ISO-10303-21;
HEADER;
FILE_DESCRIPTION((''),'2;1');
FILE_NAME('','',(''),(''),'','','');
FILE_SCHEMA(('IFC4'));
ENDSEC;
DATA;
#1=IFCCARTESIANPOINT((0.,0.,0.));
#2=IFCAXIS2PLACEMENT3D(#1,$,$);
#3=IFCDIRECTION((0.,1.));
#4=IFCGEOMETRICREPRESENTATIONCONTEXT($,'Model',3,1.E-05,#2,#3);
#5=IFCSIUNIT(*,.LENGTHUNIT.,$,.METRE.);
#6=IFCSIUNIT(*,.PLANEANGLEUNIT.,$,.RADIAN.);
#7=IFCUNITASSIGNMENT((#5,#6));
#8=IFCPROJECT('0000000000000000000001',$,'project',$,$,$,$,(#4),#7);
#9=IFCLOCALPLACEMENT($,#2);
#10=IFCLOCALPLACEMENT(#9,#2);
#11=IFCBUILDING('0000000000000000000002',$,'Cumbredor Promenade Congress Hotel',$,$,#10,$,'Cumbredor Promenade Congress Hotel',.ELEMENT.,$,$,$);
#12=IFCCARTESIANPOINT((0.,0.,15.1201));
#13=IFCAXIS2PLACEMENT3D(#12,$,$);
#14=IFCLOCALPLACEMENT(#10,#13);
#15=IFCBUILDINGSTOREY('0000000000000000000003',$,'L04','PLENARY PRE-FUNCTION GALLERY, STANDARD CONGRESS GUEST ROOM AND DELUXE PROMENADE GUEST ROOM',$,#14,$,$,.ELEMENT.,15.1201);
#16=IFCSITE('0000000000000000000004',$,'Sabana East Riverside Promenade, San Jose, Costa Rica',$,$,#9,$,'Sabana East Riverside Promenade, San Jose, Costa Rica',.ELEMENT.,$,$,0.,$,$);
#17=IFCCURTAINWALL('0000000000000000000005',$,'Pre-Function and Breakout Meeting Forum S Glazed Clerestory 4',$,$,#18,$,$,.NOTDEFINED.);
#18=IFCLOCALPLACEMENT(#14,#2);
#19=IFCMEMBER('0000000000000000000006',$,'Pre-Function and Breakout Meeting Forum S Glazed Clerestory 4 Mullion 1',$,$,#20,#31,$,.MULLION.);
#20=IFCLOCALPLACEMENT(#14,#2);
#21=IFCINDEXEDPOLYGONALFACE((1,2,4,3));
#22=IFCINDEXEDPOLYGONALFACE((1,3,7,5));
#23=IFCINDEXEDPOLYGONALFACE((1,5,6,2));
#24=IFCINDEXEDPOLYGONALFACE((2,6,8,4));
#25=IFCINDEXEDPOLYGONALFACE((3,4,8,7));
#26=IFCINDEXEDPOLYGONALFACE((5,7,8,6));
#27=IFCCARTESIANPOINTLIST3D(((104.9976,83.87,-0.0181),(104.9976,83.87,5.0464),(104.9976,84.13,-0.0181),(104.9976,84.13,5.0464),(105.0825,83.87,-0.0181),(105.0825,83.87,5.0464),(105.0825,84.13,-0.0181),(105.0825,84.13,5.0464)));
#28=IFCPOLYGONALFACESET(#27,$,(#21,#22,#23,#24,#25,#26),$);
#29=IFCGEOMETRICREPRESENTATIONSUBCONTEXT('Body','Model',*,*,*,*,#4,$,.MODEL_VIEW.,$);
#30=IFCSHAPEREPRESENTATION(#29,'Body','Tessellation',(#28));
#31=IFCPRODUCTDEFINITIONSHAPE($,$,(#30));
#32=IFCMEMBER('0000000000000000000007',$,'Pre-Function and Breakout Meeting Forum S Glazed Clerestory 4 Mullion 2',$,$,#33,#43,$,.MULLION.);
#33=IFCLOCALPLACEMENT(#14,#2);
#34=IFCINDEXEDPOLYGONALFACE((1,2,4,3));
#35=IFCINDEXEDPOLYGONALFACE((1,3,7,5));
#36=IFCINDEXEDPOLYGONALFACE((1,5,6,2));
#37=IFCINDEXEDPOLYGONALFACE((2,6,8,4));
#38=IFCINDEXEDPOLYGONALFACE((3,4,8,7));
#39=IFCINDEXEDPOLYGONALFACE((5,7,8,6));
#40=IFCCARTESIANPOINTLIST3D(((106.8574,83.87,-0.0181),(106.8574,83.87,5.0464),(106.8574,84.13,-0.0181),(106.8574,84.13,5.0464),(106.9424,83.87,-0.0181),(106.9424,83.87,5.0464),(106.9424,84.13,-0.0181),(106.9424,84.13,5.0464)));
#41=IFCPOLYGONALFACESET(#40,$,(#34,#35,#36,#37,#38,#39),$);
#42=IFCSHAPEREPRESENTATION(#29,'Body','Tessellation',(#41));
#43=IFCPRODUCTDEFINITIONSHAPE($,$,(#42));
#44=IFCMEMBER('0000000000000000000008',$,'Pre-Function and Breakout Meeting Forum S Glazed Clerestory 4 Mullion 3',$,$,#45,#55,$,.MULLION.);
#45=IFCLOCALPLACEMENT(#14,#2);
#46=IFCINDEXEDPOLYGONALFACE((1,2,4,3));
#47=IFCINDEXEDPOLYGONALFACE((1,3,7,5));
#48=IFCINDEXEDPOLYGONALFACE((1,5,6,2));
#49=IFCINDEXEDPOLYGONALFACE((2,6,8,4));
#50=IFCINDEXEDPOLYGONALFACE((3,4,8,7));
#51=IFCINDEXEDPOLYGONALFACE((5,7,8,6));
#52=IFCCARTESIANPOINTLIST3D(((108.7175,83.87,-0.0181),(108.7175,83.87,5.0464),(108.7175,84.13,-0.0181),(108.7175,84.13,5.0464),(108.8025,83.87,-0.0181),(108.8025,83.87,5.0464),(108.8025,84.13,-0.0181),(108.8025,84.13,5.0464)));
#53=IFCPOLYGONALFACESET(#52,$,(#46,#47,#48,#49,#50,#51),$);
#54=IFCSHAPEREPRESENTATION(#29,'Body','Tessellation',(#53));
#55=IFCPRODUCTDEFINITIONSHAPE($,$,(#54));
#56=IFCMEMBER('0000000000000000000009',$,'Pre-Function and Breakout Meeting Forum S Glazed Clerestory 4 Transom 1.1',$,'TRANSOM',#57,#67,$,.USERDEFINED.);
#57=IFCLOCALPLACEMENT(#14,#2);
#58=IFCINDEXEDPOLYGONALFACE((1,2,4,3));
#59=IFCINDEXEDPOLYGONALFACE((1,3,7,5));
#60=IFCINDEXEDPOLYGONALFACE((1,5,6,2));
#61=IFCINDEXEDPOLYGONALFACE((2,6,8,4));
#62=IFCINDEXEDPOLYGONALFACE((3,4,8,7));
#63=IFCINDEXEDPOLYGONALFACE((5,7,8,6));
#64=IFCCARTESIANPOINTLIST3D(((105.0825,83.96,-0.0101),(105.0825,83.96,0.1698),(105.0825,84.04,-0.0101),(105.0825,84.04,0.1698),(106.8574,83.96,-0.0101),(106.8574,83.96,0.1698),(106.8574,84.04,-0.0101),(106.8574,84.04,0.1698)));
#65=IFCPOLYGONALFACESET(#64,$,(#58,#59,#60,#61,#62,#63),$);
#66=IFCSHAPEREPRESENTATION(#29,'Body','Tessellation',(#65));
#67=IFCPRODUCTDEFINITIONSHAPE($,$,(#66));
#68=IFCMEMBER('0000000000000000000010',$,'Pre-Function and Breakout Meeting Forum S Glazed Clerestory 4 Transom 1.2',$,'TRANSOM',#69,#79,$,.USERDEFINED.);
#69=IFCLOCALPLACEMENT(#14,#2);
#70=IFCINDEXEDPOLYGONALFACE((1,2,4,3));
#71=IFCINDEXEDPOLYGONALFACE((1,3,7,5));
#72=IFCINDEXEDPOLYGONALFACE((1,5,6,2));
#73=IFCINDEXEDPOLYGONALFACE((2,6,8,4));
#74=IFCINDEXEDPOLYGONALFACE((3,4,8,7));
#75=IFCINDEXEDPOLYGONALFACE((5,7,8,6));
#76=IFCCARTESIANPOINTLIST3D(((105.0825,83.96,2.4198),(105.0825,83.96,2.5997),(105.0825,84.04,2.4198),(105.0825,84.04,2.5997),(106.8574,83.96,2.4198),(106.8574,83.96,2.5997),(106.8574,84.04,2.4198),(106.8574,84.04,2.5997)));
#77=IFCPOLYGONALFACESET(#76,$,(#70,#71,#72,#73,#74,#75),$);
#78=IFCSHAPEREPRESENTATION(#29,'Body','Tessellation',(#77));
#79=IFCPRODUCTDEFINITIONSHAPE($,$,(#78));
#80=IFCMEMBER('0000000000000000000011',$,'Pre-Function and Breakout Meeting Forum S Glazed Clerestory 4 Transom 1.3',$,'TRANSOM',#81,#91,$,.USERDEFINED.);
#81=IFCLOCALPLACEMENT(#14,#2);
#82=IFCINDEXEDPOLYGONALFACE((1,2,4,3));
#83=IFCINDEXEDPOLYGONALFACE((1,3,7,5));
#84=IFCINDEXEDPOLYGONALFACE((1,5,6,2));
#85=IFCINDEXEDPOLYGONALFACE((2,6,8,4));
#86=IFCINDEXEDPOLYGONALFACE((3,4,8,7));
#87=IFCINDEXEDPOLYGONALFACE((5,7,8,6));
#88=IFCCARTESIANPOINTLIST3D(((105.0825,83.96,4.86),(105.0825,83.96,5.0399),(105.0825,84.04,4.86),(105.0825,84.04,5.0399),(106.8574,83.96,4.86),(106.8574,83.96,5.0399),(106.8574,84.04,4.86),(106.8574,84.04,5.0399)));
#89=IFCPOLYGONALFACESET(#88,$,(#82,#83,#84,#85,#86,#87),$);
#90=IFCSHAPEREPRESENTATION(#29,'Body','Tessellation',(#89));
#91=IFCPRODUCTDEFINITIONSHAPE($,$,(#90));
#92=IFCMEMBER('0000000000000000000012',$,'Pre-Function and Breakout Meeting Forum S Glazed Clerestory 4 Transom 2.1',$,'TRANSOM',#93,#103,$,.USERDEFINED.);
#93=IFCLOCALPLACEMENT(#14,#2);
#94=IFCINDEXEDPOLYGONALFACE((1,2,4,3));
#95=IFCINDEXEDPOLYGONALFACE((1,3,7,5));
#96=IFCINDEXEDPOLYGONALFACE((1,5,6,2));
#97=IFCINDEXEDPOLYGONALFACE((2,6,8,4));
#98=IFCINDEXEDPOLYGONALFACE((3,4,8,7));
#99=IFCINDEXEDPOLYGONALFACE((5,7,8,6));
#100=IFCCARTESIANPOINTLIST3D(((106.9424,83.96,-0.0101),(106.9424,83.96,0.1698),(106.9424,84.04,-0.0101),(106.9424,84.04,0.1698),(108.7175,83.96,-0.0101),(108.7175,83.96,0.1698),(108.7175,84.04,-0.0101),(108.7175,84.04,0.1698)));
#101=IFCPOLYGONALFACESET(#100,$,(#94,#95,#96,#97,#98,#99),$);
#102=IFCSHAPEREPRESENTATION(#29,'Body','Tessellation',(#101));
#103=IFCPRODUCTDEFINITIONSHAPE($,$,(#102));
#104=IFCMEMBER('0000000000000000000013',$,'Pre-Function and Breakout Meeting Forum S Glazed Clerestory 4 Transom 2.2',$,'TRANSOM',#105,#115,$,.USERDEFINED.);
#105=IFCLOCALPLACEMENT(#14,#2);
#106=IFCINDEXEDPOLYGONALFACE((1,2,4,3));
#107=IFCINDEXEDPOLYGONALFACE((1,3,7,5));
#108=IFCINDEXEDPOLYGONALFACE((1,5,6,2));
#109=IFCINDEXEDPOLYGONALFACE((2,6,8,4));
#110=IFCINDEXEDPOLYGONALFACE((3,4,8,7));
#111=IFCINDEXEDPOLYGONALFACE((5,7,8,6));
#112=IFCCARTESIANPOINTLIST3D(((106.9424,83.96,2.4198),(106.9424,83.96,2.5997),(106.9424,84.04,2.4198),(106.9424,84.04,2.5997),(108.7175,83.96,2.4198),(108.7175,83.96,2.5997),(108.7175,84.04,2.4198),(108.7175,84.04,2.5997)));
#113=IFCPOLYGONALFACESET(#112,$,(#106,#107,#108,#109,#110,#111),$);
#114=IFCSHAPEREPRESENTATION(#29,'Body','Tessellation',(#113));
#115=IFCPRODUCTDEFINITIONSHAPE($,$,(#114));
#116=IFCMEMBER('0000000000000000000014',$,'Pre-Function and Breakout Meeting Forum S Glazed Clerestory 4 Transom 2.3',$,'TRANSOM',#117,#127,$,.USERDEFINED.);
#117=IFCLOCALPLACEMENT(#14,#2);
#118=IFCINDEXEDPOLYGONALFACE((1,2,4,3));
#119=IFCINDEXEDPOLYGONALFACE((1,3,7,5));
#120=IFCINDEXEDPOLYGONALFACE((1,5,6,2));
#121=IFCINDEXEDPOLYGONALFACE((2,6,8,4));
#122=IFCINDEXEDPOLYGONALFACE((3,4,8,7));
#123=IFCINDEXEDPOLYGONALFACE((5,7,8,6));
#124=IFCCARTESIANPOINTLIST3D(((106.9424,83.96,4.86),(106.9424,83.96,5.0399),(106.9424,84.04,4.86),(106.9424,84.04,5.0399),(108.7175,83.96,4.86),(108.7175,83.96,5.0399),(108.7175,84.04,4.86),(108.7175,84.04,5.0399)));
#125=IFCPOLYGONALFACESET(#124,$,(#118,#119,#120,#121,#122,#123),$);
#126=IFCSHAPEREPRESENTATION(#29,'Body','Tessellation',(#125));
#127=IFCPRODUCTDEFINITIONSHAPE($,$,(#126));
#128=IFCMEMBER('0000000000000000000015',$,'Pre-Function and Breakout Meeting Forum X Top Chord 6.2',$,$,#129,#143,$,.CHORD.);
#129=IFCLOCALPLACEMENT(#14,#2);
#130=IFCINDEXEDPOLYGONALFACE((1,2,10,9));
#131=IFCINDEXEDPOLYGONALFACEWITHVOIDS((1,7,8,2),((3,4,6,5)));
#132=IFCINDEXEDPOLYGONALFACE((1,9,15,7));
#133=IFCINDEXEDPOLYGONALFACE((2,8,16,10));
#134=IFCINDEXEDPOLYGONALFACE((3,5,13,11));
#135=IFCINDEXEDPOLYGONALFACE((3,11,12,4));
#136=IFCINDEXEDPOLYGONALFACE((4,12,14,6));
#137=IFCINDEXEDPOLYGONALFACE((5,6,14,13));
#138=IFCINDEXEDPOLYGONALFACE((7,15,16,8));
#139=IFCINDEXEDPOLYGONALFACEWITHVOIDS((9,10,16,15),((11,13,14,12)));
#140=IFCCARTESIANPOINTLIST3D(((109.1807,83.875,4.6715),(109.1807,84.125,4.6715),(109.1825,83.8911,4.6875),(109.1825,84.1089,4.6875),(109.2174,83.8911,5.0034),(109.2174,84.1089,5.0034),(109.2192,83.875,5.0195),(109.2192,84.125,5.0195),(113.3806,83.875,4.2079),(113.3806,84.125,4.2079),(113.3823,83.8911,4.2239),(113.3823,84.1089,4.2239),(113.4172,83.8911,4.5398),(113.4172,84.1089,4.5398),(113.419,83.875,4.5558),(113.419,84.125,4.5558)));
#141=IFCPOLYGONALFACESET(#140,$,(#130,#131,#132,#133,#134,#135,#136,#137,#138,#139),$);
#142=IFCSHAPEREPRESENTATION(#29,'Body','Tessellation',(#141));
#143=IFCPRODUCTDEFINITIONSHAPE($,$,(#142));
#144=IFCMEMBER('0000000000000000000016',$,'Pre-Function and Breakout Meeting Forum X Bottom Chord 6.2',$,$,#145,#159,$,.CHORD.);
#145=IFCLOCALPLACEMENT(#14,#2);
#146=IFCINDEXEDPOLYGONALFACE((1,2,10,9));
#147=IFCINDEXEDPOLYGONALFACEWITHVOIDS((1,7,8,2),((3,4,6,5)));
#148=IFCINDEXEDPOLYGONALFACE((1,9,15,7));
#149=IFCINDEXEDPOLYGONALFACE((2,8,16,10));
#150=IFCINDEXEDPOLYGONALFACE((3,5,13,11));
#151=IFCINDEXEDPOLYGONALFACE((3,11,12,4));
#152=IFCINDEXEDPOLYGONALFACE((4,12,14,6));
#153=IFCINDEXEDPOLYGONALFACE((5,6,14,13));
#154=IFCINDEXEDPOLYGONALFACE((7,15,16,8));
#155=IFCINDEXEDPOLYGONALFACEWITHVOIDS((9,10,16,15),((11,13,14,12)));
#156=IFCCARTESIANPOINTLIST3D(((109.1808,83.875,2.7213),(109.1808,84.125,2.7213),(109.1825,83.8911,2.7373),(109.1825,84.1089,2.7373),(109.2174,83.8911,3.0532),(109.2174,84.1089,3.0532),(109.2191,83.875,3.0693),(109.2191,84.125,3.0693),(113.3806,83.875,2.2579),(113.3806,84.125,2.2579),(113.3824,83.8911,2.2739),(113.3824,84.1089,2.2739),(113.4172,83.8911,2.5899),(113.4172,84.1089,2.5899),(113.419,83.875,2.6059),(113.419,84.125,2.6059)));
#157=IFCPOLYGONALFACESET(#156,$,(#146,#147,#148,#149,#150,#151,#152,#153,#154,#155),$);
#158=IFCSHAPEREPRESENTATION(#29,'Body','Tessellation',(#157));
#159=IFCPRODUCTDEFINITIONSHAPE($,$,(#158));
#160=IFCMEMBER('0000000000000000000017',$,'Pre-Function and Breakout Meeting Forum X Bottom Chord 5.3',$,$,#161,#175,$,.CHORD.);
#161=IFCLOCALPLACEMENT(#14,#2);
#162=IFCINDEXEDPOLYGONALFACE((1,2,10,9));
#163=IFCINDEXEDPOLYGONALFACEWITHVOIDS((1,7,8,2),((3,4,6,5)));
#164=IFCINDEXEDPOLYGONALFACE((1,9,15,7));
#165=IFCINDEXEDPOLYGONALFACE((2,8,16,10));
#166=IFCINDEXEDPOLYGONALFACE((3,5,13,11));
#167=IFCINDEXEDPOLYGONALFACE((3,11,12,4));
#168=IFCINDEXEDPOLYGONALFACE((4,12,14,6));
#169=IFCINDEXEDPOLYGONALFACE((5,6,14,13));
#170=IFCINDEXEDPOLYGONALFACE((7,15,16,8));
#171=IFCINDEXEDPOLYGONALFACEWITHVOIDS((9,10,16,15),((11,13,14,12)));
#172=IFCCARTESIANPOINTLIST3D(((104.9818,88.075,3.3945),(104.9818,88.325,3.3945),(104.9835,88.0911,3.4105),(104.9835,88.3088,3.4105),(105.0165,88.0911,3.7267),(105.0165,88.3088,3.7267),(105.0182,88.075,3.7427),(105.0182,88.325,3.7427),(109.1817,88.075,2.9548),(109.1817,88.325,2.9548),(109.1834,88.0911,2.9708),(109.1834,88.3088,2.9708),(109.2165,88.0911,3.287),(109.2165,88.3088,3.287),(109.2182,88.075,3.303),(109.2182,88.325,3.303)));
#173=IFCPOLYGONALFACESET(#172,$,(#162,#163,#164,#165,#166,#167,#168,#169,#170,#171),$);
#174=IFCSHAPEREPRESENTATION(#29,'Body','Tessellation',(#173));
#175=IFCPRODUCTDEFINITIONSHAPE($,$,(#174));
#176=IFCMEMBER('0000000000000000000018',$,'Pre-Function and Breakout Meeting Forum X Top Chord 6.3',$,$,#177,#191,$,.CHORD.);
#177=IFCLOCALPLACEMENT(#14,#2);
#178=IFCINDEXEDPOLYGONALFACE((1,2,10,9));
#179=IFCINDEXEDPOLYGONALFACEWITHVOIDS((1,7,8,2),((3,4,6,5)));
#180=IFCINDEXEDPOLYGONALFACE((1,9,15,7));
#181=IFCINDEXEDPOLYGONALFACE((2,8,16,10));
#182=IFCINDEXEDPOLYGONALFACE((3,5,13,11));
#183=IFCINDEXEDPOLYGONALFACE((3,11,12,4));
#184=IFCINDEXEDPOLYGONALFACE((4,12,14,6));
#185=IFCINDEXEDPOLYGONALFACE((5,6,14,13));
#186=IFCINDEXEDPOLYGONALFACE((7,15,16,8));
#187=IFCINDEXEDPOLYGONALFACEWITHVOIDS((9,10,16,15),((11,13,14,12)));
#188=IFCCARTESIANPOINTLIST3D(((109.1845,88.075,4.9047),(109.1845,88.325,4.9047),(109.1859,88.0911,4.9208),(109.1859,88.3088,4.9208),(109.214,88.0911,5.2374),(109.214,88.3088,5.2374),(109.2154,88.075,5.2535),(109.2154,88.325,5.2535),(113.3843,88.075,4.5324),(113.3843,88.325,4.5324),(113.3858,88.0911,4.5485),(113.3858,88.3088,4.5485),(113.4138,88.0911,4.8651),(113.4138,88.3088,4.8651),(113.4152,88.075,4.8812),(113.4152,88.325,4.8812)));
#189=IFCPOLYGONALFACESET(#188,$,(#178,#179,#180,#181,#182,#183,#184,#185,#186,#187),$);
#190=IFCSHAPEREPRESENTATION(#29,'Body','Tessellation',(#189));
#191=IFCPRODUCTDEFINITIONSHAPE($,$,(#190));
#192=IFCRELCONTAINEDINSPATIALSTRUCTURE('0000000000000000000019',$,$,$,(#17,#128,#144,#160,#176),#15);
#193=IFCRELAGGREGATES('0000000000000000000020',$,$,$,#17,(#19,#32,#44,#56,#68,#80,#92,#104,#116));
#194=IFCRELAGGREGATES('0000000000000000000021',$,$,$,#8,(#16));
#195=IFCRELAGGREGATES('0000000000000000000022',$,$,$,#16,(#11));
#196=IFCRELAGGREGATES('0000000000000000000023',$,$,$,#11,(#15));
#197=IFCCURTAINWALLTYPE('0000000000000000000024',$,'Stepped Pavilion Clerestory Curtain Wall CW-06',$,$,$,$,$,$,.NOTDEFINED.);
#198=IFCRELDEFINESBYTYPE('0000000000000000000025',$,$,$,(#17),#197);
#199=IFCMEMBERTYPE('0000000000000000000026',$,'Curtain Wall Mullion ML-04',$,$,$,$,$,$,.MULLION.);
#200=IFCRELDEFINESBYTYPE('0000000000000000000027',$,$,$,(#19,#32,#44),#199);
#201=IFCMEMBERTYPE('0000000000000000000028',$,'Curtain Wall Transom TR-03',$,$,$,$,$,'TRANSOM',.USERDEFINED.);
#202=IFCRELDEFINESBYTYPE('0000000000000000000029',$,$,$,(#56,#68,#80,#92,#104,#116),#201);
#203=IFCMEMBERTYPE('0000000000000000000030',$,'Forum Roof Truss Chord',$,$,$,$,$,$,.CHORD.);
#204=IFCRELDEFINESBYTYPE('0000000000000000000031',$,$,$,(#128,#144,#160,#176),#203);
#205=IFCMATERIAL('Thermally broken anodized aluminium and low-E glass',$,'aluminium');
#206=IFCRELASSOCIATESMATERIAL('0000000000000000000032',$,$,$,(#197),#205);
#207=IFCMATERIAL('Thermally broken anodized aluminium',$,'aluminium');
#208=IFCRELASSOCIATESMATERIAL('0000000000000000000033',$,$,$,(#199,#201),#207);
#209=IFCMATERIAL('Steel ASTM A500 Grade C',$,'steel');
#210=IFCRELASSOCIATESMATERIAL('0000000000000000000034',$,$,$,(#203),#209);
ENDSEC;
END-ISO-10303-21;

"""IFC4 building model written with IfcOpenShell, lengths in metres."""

from ifc_helpers import new_model, si_unit, direction, frame, origin, origin_2d, place, context, subcontext, project, spatial, rectangle, hollow_rectangle, extrude, material, material_profile, profile_set, type_object, element, aggregate, save


model = new_model("IFC4")

# Units and contexts
model_context = context("Model", 3, precision=1e-05, world=origin(), true_north=direction((0.0, 1.0)))
body_context = subcontext(model_context, "Body", "Model", "MODEL_VIEW")
ifc_project = project(units=[si_unit("LENGTHUNIT", "METRE"), si_unit("PLANEANGLEUNIT", "RADIAN")], contexts=[model_context])

# Site, building, storey
site_placement = place(None, origin())
site = spatial("IfcSite", under=ifc_project, at=site_placement, Name="Sabana East Riverside Promenade, San Jose, Costa Rica", LongName="Sabana East Riverside Promenade, San Jose, Costa Rica", CompositionType="ELEMENT", RefElevation=0.0)
building_placement = place(site_placement, origin())
building = spatial("IfcBuilding", under=site, at=building_placement, Name="Cumbredor Promenade Congress Hotel", LongName="Cumbredor Promenade Congress Hotel", CompositionType="ELEMENT")
storey_placement = place(building_placement, frame((0.0, 0.0, 15.1201)))
storey = spatial("IfcBuildingStorey", under=building, at=storey_placement, Name="L04", Description="PLENARY PRE-FUNCTION GALLERY, STANDARD CONGRESS GUEST ROOM AND DELUXE PROMENADE GUEST ROOM", CompositionType="ELEMENT", Elevation=15.1201)

# Curtain wall, members
ifc_material_1 = material(Name="Thermally broken anodized aluminium and low-E glass", Category="aluminium")
curtain_wall_type = type_object("IfcCurtainWallType", Name="Stepped Pavilion Clerestory Curtain Wall CW-06", PredefinedType="NOTDEFINED", material=ifc_material_1)
curtain_wall_placement = place(storey_placement, origin())
curtain_wall = element("IfcCurtainWall", 1, at=curtain_wall_placement, inside=storey, type_object=curtain_wall_type, Name="Pre-Function and Breakout Meeting Forum S Glazed Clerestory 4", PredefinedType="NOTDEFINED")
ifc_material_2 = material(Name="Thermally broken anodized aluminium", Category="aluminium")
ifc_material_profile_1 = material_profile(ifc_material_2, rectangle(XDim=0.085, YDim=0.26, at=origin_2d()), Name="ALU MULLION CLERESTORY 85x260")
ifc_profile_set_1 = profile_set([ifc_material_profile_1], Name="Thermally broken anodized aluminium")
member_type_1 = type_object("IfcMemberType", Name="Curtain Wall Mullion ML-04", PredefinedType="MULLION", material=ifc_profile_set_1)
member_1_placement = place(storey_placement, frame((105.04, 84.0, -0.0181), z_axis=(0.0, 0.0, 1.0), x_axis=(1.0, 0.0, 0.0)))
member_1 = element("IfcMember", 2, at=member_1_placement, type_object=member_type_1, Name="Pre-Function and Breakout Meeting Forum S Glazed Clerestory 4 Mullion 1", PredefinedType="MULLION", context=body_context, shape_type="SweptSolid", body=[
    extrude(rectangle(XDim=0.085, YDim=0.26, at=origin_2d()), origin(), (0.0, 0.0, 1.0), 5.0645),
])
member_2_placement = place(storey_placement, frame((106.8999, 84.0, -0.0181), z_axis=(0.0, 0.0, 1.0), x_axis=(1.0, 0.0, 0.0)))
member_2 = element("IfcMember", 3, at=member_2_placement, type_object=member_type_1, Name="Pre-Function and Breakout Meeting Forum S Glazed Clerestory 4 Mullion 2", PredefinedType="MULLION", context=body_context, shape_type="SweptSolid", body=[
    extrude(rectangle(XDim=0.085, YDim=0.26, at=origin_2d()), origin(), (0.0, 0.0, 1.0), 5.0645),
])
member_3_placement = place(storey_placement, frame((108.76, 84.0, -0.0181), z_axis=(0.0, 0.0, 1.0), x_axis=(1.0, 0.0, 0.0)))
member_3 = element("IfcMember", 4, at=member_3_placement, type_object=member_type_1, Name="Pre-Function and Breakout Meeting Forum S Glazed Clerestory 4 Mullion 3", PredefinedType="MULLION", context=body_context, shape_type="SweptSolid", body=[
    extrude(rectangle(XDim=0.085, YDim=0.26, at=origin_2d()), origin(), (0.0, 0.0, 1.0), 5.0645),
])
ifc_material_profile_2 = material_profile(ifc_material_2, rectangle(XDim=0.0801, YDim=0.1799, at=origin_2d()), Name="ALU TRANSOM 80x180")
ifc_profile_set_2 = profile_set([ifc_material_profile_2], Name="Thermally broken anodized aluminium")
member_type_2 = type_object("IfcMemberType", Name="Curtain Wall Transom TR-03", ElementType="TRANSOM", PredefinedType="USERDEFINED", material=ifc_profile_set_2)
member_4_placement = place(storey_placement, frame((105.0825, 84.0, 0.0798), z_axis=(1.0, 0.0, 0.0), x_axis=(0.0, 1.0, 0.0)))
member_4 = element("IfcMember", 5, at=member_4_placement, type_object=member_type_2, Name="Pre-Function and Breakout Meeting Forum S Glazed Clerestory 4 Transom 1.1", ObjectType="TRANSOM", PredefinedType="USERDEFINED", context=body_context, shape_type="SweptSolid", body=[
    extrude(rectangle(XDim=0.0801, YDim=0.1799, at=origin_2d()), origin(), (0.0, 0.0, 1.0), 1.7749),
])
member_5_placement = place(storey_placement, frame((105.0825, 84.0, 2.5098), z_axis=(1.0, 0.0, 0.0), x_axis=(0.0, 1.0, 0.0)))
member_5 = element("IfcMember", 6, at=member_5_placement, type_object=member_type_2, Name="Pre-Function and Breakout Meeting Forum S Glazed Clerestory 4 Transom 1.2", ObjectType="TRANSOM", PredefinedType="USERDEFINED", context=body_context, shape_type="SweptSolid", body=[
    extrude(rectangle(XDim=0.0801, YDim=0.1799, at=origin_2d()), origin(), (0.0, 0.0, 1.0), 1.7749),
])
member_6_placement = place(storey_placement, frame((105.0825, 84.0, 4.95), z_axis=(1.0, 0.0, 0.0), x_axis=(0.0, 1.0, 0.0)))
member_6 = element("IfcMember", 7, at=member_6_placement, type_object=member_type_2, Name="Pre-Function and Breakout Meeting Forum S Glazed Clerestory 4 Transom 1.3", ObjectType="TRANSOM", PredefinedType="USERDEFINED", context=body_context, shape_type="SweptSolid", body=[
    extrude(rectangle(XDim=0.0801, YDim=0.1799, at=origin_2d()), origin(), (0.0, 0.0, 1.0), 1.7749),
])
member_7_placement = place(storey_placement, frame((106.9424, 84.0, 0.0798), z_axis=(1.0, 0.0, 0.0), x_axis=(0.0, 1.0, 0.0)))
member_7 = element("IfcMember", 8, at=member_7_placement, type_object=member_type_2, Name="Pre-Function and Breakout Meeting Forum S Glazed Clerestory 4 Transom 2.1", ObjectType="TRANSOM", PredefinedType="USERDEFINED", context=body_context, shape_type="SweptSolid", body=[
    extrude(rectangle(XDim=0.0801, YDim=0.1799, at=origin_2d()), origin(), (0.0, 0.0, 1.0), 1.7751),
])
member_8_placement = place(storey_placement, frame((106.9424, 84.0, 2.5098), z_axis=(1.0, 0.0, 0.0), x_axis=(0.0, 1.0, 0.0)))
member_8 = element("IfcMember", 9, at=member_8_placement, type_object=member_type_2, Name="Pre-Function and Breakout Meeting Forum S Glazed Clerestory 4 Transom 2.2", ObjectType="TRANSOM", PredefinedType="USERDEFINED", context=body_context, shape_type="SweptSolid", body=[
    extrude(rectangle(XDim=0.0801, YDim=0.1799, at=origin_2d()), origin(), (0.0, 0.0, 1.0), 1.7751),
])
member_9_placement = place(storey_placement, frame((106.9424, 84.0, 4.95), z_axis=(1.0, 0.0, 0.0), x_axis=(0.0, 1.0, 0.0)))
member_9 = element("IfcMember", 10, at=member_9_placement, type_object=member_type_2, Name="Pre-Function and Breakout Meeting Forum S Glazed Clerestory 4 Transom 2.3", ObjectType="TRANSOM", PredefinedType="USERDEFINED", context=body_context, shape_type="SweptSolid", body=[
    extrude(rectangle(XDim=0.0801, YDim=0.1799, at=origin_2d()), origin(), (0.0, 0.0, 1.0), 1.7751),
])

# Members
ifc_material_3 = material(Name="Steel ASTM A500 Grade C", Category="steel")
ifc_material_profile_3 = material_profile(ifc_material_3, hollow_rectangle(XDim=0.25, YDim=0.3501, WallThickness=0.0161, at=origin_2d()), Name="HSS 350x250x16")
ifc_profile_set_3 = profile_set([ifc_material_profile_3], Name="Steel ASTM A500 Grade C")
member_type_3 = type_object("IfcMemberType", Name="Forum Roof Truss Chord", PredefinedType="CHORD", material=ifc_profile_set_3)
for number, where, z_axis, x_axis, name in (
    (11, (109.2, 84.0, 4.8455), (0.993962, 0.0, -0.109721), (0.0, 1.0, 0.0), "Pre-Function and Breakout Meeting Forum X Top Chord 6.2"),
    (12, (109.2, 84.0, 2.8953), (0.993969, 0.0, -0.109664), (0.0, 1.0, 0.0), "Pre-Function and Breakout Meeting Forum X Bottom Chord 6.2"),
):
    element("IfcMember", number, at=place(storey_placement, frame(where, z_axis=z_axis, x_axis=x_axis)), inside=storey, type_object=member_type_3, Name=name, PredefinedType="CHORD", context=body_context, shape_type="SweptSolid", body=[
        extrude(hollow_rectangle(XDim=0.25, YDim=0.3501, WallThickness=0.0161, at=origin_2d()), origin(), (0.0, 0.0, 1.0), 4.2253),
    ])
member_10_placement = place(storey_placement, frame((105.0, 88.2, 3.5686), z_axis=(0.994565, 0.0, -0.104122), x_axis=(0.0, 1.0, 0.0)))
element("IfcMember", 13, at=member_10_placement, inside=storey, type_object=member_type_3, Name="Pre-Function and Breakout Meeting Forum X Bottom Chord 5.3", PredefinedType="CHORD", context=body_context, shape_type="SweptSolid", body=[
    extrude(hollow_rectangle(XDim=0.25, YDim=0.3501, WallThickness=0.0161, at=origin_2d()), origin(), (0.0, 0.0, 1.0), 4.2229),
])
for number, where, z_axis, x_axis, name in (
    (14, (109.2, 88.2, 5.0791), (0.996094, 0.0, -0.088301), (0.0, 1.0, 0.0), "Pre-Function and Breakout Meeting Forum X Top Chord 6.3"),
):
    element("IfcMember", number, at=place(storey_placement, frame(where, z_axis=z_axis, x_axis=x_axis)), inside=storey, type_object=member_type_3, Name=name, PredefinedType="CHORD", context=body_context, shape_type="SweptSolid", body=[
        extrude(hollow_rectangle(XDim=0.25, YDim=0.3501, WallThickness=0.0161, at=origin_2d()), origin(), (0.0, 0.0, 1.0), 4.2163),
    ])

aggregate(curtain_wall, [member_1, member_2, member_3, member_4, member_5, member_6, member_7, member_8, member_9])

save(model, "model.ifc")
